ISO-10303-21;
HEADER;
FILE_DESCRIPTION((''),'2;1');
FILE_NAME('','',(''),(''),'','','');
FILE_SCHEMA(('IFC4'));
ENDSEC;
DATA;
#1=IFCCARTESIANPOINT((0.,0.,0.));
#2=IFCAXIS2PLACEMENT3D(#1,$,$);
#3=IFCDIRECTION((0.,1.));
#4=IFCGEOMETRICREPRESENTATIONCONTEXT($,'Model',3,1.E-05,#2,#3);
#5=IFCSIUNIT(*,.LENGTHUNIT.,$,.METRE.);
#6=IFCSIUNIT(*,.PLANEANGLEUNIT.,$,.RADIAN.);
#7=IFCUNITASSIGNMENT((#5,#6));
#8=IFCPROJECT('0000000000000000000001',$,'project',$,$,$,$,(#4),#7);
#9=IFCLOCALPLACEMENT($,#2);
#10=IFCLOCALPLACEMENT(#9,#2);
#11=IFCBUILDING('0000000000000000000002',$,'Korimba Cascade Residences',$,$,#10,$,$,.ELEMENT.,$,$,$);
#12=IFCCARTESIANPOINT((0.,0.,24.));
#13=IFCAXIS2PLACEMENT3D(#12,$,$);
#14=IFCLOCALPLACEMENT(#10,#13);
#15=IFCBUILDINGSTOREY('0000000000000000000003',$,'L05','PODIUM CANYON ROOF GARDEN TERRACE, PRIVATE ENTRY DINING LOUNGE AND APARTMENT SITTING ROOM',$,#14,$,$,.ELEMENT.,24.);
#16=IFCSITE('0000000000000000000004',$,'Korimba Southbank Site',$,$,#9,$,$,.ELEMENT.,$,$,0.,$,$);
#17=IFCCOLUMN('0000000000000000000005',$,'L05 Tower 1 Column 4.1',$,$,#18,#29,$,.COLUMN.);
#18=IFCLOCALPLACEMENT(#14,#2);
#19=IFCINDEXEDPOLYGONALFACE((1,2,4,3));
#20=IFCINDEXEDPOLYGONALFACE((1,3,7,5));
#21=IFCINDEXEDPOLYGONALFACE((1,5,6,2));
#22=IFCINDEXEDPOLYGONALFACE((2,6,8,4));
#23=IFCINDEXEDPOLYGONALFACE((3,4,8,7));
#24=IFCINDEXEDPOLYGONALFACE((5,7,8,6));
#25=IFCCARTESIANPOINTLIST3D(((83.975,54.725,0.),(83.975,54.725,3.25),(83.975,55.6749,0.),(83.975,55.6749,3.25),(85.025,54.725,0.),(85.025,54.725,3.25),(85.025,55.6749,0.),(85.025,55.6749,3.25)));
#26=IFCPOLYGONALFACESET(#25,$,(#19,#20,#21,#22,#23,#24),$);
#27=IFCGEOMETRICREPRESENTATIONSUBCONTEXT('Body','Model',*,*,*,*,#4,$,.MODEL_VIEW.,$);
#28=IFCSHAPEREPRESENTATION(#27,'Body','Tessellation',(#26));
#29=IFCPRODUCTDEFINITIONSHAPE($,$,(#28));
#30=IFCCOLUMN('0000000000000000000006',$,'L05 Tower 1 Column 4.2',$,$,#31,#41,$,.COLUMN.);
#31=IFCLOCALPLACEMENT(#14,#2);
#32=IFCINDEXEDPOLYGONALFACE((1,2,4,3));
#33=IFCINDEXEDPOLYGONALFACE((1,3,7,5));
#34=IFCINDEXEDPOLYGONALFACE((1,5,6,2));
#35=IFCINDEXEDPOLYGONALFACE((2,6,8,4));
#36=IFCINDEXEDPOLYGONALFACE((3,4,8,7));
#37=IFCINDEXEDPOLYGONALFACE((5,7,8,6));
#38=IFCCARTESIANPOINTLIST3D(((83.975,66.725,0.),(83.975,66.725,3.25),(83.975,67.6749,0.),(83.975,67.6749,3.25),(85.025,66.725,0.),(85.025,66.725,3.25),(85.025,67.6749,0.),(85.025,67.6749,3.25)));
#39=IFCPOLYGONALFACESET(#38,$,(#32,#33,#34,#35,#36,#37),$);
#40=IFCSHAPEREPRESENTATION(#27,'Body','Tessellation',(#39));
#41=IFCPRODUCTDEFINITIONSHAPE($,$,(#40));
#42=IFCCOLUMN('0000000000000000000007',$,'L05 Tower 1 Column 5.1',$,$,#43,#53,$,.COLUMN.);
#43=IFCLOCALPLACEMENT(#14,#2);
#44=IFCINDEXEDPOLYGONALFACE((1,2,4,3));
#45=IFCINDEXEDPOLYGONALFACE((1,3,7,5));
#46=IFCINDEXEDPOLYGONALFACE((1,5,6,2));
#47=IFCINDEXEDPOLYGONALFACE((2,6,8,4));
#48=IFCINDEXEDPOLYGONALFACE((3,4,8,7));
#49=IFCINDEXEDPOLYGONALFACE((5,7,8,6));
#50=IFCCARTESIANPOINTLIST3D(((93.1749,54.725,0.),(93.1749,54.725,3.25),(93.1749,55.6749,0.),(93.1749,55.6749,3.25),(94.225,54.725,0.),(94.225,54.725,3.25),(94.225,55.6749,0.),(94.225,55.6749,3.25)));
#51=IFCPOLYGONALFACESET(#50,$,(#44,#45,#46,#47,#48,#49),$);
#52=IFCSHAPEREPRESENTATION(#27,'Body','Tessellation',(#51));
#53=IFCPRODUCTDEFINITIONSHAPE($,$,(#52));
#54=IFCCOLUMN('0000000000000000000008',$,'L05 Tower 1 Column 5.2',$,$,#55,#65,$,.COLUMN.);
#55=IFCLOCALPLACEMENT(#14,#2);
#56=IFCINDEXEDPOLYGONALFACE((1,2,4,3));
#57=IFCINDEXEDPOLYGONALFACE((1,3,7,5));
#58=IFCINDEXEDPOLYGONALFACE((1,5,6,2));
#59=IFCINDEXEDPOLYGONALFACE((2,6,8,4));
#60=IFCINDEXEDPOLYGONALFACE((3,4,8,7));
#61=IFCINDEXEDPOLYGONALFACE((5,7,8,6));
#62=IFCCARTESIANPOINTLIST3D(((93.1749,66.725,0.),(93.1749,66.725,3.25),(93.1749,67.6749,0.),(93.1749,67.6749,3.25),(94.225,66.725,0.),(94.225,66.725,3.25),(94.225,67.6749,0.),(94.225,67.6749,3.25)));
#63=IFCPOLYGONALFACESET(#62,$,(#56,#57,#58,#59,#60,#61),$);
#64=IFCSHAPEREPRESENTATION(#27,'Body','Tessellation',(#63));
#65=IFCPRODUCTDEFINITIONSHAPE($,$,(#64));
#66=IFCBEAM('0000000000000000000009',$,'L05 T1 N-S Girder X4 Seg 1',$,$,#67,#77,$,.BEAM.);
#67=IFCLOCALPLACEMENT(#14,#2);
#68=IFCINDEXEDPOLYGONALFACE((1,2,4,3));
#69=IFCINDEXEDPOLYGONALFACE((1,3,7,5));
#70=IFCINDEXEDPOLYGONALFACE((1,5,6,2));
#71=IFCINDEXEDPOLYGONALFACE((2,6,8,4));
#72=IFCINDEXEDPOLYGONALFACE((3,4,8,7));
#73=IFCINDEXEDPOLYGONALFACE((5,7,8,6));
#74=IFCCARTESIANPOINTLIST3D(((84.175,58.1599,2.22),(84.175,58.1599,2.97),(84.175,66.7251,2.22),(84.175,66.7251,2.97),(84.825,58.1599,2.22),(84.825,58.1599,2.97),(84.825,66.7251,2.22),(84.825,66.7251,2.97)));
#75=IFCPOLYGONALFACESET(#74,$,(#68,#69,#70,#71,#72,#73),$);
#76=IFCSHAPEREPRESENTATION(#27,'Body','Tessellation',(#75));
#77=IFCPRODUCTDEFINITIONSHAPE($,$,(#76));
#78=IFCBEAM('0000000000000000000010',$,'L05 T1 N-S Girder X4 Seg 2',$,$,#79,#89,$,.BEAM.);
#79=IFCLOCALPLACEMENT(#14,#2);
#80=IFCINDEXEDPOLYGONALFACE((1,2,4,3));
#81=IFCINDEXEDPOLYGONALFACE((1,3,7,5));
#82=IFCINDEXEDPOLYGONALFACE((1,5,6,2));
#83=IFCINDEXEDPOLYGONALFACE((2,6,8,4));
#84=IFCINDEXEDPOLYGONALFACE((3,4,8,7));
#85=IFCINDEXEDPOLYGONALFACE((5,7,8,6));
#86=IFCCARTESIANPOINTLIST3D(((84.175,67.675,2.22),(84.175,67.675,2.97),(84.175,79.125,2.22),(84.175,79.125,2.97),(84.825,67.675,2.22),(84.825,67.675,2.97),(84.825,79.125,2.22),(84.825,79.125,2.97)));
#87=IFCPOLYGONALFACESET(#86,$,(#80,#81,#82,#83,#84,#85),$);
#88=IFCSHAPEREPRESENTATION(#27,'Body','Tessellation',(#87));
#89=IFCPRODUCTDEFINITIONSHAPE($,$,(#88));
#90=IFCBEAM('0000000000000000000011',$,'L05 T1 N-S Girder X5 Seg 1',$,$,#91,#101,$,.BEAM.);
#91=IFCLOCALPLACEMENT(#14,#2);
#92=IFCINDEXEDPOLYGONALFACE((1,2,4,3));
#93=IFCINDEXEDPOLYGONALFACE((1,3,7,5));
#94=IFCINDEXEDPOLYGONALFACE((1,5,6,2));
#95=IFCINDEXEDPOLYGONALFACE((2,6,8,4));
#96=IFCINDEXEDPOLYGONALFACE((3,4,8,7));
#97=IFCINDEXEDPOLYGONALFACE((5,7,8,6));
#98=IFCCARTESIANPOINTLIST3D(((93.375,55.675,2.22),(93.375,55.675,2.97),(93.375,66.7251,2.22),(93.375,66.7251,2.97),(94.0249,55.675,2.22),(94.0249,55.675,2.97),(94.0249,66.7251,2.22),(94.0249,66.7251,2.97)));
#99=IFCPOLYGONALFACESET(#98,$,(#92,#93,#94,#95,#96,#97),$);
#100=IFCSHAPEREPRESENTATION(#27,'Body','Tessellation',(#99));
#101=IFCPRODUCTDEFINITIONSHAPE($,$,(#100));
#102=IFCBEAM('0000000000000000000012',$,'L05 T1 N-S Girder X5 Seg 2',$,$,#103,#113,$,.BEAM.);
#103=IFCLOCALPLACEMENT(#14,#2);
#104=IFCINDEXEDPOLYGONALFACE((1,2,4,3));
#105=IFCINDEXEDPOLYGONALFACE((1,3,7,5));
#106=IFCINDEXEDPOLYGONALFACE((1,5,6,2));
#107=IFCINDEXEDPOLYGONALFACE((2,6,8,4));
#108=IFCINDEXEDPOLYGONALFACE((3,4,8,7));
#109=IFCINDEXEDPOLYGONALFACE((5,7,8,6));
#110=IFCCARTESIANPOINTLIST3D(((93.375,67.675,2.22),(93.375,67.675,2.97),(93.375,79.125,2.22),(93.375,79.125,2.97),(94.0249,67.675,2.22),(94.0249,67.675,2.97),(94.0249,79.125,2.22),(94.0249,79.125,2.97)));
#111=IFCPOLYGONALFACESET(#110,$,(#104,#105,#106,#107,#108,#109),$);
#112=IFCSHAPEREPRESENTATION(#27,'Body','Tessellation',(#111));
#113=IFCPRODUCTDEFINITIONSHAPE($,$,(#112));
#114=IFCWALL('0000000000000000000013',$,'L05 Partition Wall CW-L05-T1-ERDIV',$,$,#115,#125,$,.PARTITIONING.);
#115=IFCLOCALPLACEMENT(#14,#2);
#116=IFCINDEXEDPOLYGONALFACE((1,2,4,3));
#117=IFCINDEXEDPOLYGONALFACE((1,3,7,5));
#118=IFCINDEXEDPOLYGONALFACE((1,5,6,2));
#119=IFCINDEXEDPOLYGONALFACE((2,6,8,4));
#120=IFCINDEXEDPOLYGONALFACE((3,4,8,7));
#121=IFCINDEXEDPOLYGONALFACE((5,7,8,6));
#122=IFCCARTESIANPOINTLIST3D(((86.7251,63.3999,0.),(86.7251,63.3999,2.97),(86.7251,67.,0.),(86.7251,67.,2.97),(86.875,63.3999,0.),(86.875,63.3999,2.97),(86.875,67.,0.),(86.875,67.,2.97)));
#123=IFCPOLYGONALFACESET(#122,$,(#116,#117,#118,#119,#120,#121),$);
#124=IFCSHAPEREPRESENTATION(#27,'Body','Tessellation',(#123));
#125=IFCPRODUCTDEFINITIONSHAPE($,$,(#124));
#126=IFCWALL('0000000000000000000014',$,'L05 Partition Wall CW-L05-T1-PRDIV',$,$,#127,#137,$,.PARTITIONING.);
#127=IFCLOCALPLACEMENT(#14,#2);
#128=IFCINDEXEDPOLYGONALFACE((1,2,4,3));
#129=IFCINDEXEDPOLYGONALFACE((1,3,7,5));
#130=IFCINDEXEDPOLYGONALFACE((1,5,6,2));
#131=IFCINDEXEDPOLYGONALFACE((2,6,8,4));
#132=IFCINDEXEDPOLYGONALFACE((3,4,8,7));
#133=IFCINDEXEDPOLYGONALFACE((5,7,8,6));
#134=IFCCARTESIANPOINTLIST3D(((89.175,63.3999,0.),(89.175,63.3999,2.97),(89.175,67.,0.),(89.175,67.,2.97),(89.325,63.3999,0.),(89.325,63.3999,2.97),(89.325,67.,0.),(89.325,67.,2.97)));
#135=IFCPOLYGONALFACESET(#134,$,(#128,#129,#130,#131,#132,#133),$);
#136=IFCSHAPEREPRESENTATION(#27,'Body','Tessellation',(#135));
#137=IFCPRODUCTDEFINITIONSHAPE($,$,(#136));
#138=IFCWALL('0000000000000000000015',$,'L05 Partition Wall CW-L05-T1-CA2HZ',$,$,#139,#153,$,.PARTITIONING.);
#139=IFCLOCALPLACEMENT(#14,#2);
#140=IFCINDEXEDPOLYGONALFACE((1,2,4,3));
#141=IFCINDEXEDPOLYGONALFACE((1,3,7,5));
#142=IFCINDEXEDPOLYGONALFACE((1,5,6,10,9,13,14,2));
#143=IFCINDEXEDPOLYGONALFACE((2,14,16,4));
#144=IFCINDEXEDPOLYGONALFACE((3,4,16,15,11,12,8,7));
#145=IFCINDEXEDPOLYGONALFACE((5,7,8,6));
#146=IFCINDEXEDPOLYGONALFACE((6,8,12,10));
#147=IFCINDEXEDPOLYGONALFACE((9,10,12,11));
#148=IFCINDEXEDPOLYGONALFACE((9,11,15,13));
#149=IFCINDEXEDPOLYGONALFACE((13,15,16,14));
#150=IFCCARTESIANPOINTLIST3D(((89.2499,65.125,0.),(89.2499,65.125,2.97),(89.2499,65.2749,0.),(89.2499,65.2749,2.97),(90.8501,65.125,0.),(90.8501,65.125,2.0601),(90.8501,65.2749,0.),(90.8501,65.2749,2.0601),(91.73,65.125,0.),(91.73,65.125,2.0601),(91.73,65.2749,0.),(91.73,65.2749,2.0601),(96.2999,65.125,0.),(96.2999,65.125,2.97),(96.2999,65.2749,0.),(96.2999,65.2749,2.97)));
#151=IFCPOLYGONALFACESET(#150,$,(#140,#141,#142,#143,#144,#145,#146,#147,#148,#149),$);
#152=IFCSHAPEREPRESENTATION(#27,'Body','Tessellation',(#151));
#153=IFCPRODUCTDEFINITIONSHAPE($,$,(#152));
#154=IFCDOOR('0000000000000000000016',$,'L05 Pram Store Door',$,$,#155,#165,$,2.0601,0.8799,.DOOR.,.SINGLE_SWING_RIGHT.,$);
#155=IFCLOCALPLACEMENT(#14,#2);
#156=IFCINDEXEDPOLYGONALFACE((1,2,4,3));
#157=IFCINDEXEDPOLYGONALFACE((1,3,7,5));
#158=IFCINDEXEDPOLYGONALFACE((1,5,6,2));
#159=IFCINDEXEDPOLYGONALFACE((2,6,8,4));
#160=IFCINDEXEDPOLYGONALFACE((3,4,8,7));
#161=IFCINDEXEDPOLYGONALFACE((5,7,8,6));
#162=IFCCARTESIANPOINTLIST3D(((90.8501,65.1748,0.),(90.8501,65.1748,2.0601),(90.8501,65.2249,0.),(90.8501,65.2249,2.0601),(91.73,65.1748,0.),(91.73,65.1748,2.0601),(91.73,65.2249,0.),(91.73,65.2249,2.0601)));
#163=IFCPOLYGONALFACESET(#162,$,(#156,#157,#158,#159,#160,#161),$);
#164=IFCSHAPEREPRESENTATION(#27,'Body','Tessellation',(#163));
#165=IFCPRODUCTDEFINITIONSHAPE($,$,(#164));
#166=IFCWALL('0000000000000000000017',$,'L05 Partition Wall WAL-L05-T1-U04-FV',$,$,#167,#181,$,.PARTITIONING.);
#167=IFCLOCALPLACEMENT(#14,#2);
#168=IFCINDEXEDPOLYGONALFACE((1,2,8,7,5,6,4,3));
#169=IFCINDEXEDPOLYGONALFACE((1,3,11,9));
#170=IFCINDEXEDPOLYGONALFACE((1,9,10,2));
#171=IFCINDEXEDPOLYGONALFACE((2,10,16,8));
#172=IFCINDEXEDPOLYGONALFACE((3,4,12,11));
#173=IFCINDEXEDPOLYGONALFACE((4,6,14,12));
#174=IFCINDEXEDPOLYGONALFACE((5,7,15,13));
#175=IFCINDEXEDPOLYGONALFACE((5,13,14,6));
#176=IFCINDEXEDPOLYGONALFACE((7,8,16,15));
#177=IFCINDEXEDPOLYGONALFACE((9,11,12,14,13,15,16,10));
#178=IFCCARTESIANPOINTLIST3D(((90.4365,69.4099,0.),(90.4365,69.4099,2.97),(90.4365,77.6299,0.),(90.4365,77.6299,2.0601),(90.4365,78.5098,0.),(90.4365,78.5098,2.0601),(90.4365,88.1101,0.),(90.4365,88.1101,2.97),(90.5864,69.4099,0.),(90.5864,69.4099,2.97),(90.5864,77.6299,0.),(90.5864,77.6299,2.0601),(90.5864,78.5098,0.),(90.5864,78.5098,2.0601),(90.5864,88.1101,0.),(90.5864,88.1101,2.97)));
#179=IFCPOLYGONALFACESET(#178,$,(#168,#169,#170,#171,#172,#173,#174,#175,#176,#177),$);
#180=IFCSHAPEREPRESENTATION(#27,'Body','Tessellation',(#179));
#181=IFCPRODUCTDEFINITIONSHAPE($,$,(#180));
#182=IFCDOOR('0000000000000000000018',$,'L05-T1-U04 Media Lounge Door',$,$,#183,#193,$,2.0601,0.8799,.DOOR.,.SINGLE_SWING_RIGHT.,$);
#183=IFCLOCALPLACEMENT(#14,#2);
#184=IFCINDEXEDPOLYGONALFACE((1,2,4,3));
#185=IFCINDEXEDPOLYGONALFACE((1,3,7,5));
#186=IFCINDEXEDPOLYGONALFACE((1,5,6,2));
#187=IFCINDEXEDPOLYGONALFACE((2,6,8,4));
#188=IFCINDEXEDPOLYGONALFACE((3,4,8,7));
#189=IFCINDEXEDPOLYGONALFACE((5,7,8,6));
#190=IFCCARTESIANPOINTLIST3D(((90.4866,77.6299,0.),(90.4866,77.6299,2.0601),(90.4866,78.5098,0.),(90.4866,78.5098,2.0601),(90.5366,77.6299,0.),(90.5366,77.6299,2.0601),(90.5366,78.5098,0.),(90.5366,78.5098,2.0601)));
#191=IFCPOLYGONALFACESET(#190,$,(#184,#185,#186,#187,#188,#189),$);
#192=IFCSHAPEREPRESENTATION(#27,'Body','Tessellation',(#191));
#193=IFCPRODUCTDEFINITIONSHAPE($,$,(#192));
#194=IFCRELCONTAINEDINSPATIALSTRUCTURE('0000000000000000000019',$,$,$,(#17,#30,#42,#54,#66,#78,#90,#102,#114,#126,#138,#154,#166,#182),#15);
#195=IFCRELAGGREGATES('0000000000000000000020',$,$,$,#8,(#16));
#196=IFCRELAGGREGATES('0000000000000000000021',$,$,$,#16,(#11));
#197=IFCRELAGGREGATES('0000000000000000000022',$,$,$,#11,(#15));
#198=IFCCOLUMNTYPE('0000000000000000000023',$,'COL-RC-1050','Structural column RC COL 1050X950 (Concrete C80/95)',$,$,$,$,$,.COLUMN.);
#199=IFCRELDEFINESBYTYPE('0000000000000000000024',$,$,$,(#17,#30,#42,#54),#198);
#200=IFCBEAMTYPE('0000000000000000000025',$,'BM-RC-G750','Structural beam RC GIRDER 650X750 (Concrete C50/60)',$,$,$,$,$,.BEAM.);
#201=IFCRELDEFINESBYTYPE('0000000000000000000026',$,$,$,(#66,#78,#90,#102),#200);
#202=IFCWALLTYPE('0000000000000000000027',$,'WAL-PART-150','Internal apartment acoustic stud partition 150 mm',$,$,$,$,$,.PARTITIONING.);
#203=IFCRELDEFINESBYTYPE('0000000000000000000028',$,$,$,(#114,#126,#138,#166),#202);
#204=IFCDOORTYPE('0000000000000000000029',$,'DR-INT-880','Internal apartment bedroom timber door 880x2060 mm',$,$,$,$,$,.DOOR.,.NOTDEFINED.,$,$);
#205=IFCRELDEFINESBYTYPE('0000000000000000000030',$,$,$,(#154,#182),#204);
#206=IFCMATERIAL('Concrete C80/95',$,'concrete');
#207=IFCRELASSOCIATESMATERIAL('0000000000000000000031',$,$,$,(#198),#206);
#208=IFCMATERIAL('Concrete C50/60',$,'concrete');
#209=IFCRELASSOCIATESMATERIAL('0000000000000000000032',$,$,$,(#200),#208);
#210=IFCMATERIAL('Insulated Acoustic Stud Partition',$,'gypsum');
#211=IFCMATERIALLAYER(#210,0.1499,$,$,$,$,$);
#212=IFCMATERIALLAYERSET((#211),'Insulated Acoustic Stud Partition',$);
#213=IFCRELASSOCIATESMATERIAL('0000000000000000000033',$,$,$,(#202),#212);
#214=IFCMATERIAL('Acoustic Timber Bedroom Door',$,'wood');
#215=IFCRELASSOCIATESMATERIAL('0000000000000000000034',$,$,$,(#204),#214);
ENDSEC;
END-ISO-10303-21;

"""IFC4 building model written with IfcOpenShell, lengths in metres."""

from ifc_helpers import new_model, si_unit, direction, frame, frame_2d, origin, origin_2d, place, context, subcontext, project, spatial, rectangle, extrude, material, layer, layer_set, material_profile, profile_set, type_object, element, fill, save


model = new_model("IFC4")

# Units and contexts
model_context = context("Model", 3, precision=1e-05, world=origin(), true_north=direction((0.0, 1.0)))
body_context = subcontext(model_context, "Body", "Model", "MODEL_VIEW")
ifc_project = project(units=[si_unit("LENGTHUNIT", "METRE"), si_unit("PLANEANGLEUNIT", "RADIAN")], contexts=[model_context])

# Site, building, storey
site_placement = place(None, origin())
site = spatial("IfcSite", under=ifc_project, at=site_placement, Name="Korimba Southbank Site", CompositionType="ELEMENT", RefElevation=0.0)
building_placement = place(site_placement, origin())
building = spatial("IfcBuilding", under=site, at=building_placement, Name="Korimba Cascade Residences", CompositionType="ELEMENT")
storey_placement = place(building_placement, frame((0.0, 0.0, 24.0)))
storey = spatial("IfcBuildingStorey", under=building, at=storey_placement, Name="L05", Description="PODIUM CANYON ROOF GARDEN TERRACE, PRIVATE ENTRY DINING LOUNGE AND APARTMENT SITTING ROOM", CompositionType="ELEMENT", Elevation=24.0)

# Columns
ifc_material_1 = material(Name="Concrete C80/95", Category="concrete")
ifc_material_profile_1 = material_profile(ifc_material_1, rectangle(XDim=1.05, YDim=0.95, at=origin_2d()), Name="Concrete C80/95")
ifc_profile_set_1 = profile_set([ifc_material_profile_1], Name="Concrete C80/95")
column_type = type_object("IfcColumnType", Name="COL-RC-1050", Description="Structural column RC COL 1050X950 (Concrete C80/95)", PredefinedType="COLUMN", material=ifc_profile_set_1)
for number, where, z_axis, x_axis, name in (
    (1, (84.5, 55.2, 0.0), (0.0, 0.0, 1.0), (1.0, 0.0, 0.0), "L05 Tower 1 Column 4.1"),
    (2, (84.5, 67.2, 0.0), (0.0, 0.0, 1.0), (1.0, 0.0, 0.0), "L05 Tower 1 Column 4.2"),
    (3, (93.7, 55.2, 0.0), (0.0, 0.0, 1.0), (1.0, 0.0, 0.0), "L05 Tower 1 Column 5.1"),
    (4, (93.7, 67.2, 0.0), (0.0, 0.0, 1.0), (1.0, 0.0, 0.0), "L05 Tower 1 Column 5.2"),
):
    element("IfcColumn", number, at=place(storey_placement, frame(where, z_axis=z_axis, x_axis=x_axis)), inside=storey, type_object=column_type, Name=name, PredefinedType="COLUMN", context=body_context, shape_type="SweptSolid", body=[
        extrude(rectangle(XDim=1.05, YDim=0.95, at=origin_2d()), origin(), (0.0, 0.0, 1.0), 3.25),
    ])

# Beams
ifc_material_2 = material(Name="Concrete C50/60", Category="concrete")
ifc_material_profile_2 = material_profile(ifc_material_2, rectangle(XDim=0.6499, YDim=0.75, at=origin_2d()), Name="Concrete C50/60")
ifc_profile_set_2 = profile_set([ifc_material_profile_2], Name="Concrete C50/60")
beam_type = type_object("IfcBeamType", Name="BM-RC-G750", Description="Structural beam RC GIRDER 650X750 (Concrete C50/60)", PredefinedType="BEAM", material=ifc_profile_set_2)
beam_1_placement = place(storey_placement, frame((84.5, 58.1599, 2.595), z_axis=(0.0, 1.0, 0.0), x_axis=(-1.0, 0.0, 0.0)))
element("IfcBeam", 5, at=beam_1_placement, inside=storey, type_object=beam_type, Name="L05 T1 N-S Girder X4 Seg 1", PredefinedType="BEAM", context=body_context, shape_type="SweptSolid", body=[
    extrude(rectangle(XDim=0.6499, YDim=0.75, at=origin_2d()), origin(), (0.0, 0.0, 1.0), 8.5652),
])
beam_2_placement = place(storey_placement, frame((84.5, 67.675, 2.595), z_axis=(0.0, 1.0, 0.0), x_axis=(-1.0, 0.0, 0.0)))
element("IfcBeam", 6, at=beam_2_placement, inside=storey, type_object=beam_type, Name="L05 T1 N-S Girder X4 Seg 2", PredefinedType="BEAM", context=body_context, shape_type="SweptSolid", body=[
    extrude(rectangle(XDim=0.6499, YDim=0.75, at=origin_2d()), origin(), (0.0, 0.0, 1.0), 11.45),
])
beam_3_placement = place(storey_placement, frame((93.7, 55.675, 2.595), z_axis=(0.0, 1.0, 0.0), x_axis=(-1.0, 0.0, 0.0)))
element("IfcBeam", 7, at=beam_3_placement, inside=storey, type_object=beam_type, Name="L05 T1 N-S Girder X5 Seg 1", PredefinedType="BEAM", context=body_context, shape_type="SweptSolid", body=[
    extrude(rectangle(XDim=0.6499, YDim=0.75, at=origin_2d()), origin(), (0.0, 0.0, 1.0), 11.05),
])
beam_4_placement = place(storey_placement, frame((93.7, 67.675, 2.595), z_axis=(0.0, 1.0, 0.0), x_axis=(-1.0, 0.0, 0.0)))
element("IfcBeam", 8, at=beam_4_placement, inside=storey, type_object=beam_type, Name="L05 T1 N-S Girder X5 Seg 2", PredefinedType="BEAM", context=body_context, shape_type="SweptSolid", body=[
    extrude(rectangle(XDim=0.6499, YDim=0.75, at=origin_2d()), origin(), (0.0, 0.0, 1.0), 11.45),
])

# Walls
ifc_material_3 = material(Name="Insulated Acoustic Stud Partition", Category="gypsum")
ifc_layer_1 = layer(ifc_material_3, 0.1499)
ifc_layer_set_1 = layer_set([ifc_layer_1], Name="Insulated Acoustic Stud Partition")
wall_type_1 = type_object("IfcWallType", Name="WAL-PART-150", Description="Internal apartment acoustic stud partition 150 mm", PredefinedType="PARTITIONING", material=ifc_layer_set_1)
for number, where, z_axis, x_axis, name in (
    (9, (86.8, 63.3999, 0.0), (0.0, 0.0, 1.0), (0.0, 1.0, 0.0), "L05 Partition Wall CW-L05-T1-ERDIV"),
    (10, (89.25, 63.3999, 0.0), (0.0, 0.0, 1.0), (0.0, 1.0, 0.0), "L05 Partition Wall CW-L05-T1-PRDIV"),
):
    element("IfcWall", number, at=place(storey_placement, frame(where, z_axis=z_axis, x_axis=x_axis)), inside=storey, type_object=wall_type_1, Name=name, PredefinedType="PARTITIONING", context=body_context, shape_type="SweptSolid", body=[
        extrude(rectangle(XDim=3.6001, YDim=0.1499, at=frame_2d((1.8, 0.0))), origin(), (0.0, 0.0, 1.0), 2.97),
    ])

# Walls, openings, doors
wall_1_placement = place(storey_placement, frame((89.25, 65.2, 0.0), z_axis=(0.0, 0.0, 1.0), x_axis=(1.0, 0.0, 0.0)))
wall_1 = element("IfcWall", 11, at=wall_1_placement, inside=storey, type_object=wall_type_1, Name="L05 Partition Wall CW-L05-T1-CA2HZ", PredefinedType="PARTITIONING", context=body_context, shape_type="SweptSolid", body=[
    extrude(rectangle(XDim=7.05, YDim=0.1499, at=frame_2d((3.5249, 0.0))), origin(), (0.0, 0.0, 1.0), 2.97),
])
opening_1_placement = place(wall_1_placement, frame((1.6001, 0.0, 0.0)))
opening_1 = element("IfcOpeningElement", 12, at=opening_1_placement, cuts=wall_1, PredefinedType="OPENING", context=body_context, shape_type="SweptSolid", body=[
    extrude(rectangle(XDim=0.8799, YDim=2.0601, at=frame_2d((0.4399, 1.03))), frame((0.0, 0.085, 0.0), z_axis=(0.0, -1.0, 0.0), x_axis=(1.0, 0.0, 0.0)), (0.0, 0.0, 1.0), 0.1699),
])
ifc_material_4 = material(Name="Acoustic Timber Bedroom Door", Category="wood")
door_type = type_object("IfcDoorType", Name="DR-INT-880", Description="Internal apartment bedroom timber door 880x2060 mm", OperationType="NOTDEFINED", PredefinedType="DOOR", material=ifc_material_4)
door_1_placement = place(opening_1_placement, origin())
door_1 = element("IfcDoor", 13, at=door_1_placement, inside=storey, type_object=door_type, Name="L05 Pram Store Door", OperationType="SINGLE_SWING_RIGHT", OverallHeight=2.0601, OverallWidth=0.8799, PredefinedType="DOOR", context=body_context, shape_type="SweptSolid", body=[
    extrude(rectangle(XDim=0.8799, YDim=2.0601, at=frame_2d((0.4399, 1.03))), frame((0.0, 0.0249, 0.0), z_axis=(0.0, -1.0, 0.0), x_axis=(1.0, 0.0, 0.0)), (0.0, 0.0, 1.0), 0.05),
])
fill(opening_1, door_1)
wall_2_placement = place(storey_placement, frame((90.5115, 69.4099, 0.0), z_axis=(0.0, 0.0, 1.0), x_axis=(0.0, 1.0, 0.0)))
wall_2 = element("IfcWall", 14, at=wall_2_placement, inside=storey, type_object=wall_type_1, Name="L05 Partition Wall WAL-L05-T1-U04-FV", PredefinedType="PARTITIONING", context=body_context, shape_type="SweptSolid", body=[
    extrude(rectangle(XDim=18.7002, YDim=0.1499, at=frame_2d((9.3501, 0.0))), origin(), (0.0, 0.0, 1.0), 2.97),
])
opening_2_placement = place(wall_2_placement, frame((8.22, 0.0, 0.0)))
opening_2 = element("IfcOpeningElement", 15, at=opening_2_placement, cuts=wall_2, PredefinedType="OPENING", context=body_context, shape_type="SweptSolid", body=[
    extrude(rectangle(XDim=0.8799, YDim=2.0601, at=frame_2d((0.4399, 1.03))), frame((0.0, 0.085, 0.0), z_axis=(0.0, -1.0, 0.0), x_axis=(1.0, 0.0, 0.0)), (0.0, 0.0, 1.0), 0.1699),
])
door_2_placement = place(opening_2_placement, origin())
door_2 = element("IfcDoor", 16, at=door_2_placement, inside=storey, type_object=door_type, Name="L05-T1-U04 Media Lounge Door", OperationType="SINGLE_SWING_RIGHT", OverallHeight=2.0601, OverallWidth=0.8799, PredefinedType="DOOR", context=body_context, shape_type="SweptSolid", body=[
    extrude(rectangle(XDim=0.8799, YDim=2.0601, at=frame_2d((0.4399, 1.03))), frame((0.0, 0.0249, 0.0), z_axis=(0.0, -1.0, 0.0), x_axis=(1.0, 0.0, 0.0)), (0.0, 0.0, 1.0), 0.05),
])
fill(opening_2, door_2)

save(model, "model.ifc")
